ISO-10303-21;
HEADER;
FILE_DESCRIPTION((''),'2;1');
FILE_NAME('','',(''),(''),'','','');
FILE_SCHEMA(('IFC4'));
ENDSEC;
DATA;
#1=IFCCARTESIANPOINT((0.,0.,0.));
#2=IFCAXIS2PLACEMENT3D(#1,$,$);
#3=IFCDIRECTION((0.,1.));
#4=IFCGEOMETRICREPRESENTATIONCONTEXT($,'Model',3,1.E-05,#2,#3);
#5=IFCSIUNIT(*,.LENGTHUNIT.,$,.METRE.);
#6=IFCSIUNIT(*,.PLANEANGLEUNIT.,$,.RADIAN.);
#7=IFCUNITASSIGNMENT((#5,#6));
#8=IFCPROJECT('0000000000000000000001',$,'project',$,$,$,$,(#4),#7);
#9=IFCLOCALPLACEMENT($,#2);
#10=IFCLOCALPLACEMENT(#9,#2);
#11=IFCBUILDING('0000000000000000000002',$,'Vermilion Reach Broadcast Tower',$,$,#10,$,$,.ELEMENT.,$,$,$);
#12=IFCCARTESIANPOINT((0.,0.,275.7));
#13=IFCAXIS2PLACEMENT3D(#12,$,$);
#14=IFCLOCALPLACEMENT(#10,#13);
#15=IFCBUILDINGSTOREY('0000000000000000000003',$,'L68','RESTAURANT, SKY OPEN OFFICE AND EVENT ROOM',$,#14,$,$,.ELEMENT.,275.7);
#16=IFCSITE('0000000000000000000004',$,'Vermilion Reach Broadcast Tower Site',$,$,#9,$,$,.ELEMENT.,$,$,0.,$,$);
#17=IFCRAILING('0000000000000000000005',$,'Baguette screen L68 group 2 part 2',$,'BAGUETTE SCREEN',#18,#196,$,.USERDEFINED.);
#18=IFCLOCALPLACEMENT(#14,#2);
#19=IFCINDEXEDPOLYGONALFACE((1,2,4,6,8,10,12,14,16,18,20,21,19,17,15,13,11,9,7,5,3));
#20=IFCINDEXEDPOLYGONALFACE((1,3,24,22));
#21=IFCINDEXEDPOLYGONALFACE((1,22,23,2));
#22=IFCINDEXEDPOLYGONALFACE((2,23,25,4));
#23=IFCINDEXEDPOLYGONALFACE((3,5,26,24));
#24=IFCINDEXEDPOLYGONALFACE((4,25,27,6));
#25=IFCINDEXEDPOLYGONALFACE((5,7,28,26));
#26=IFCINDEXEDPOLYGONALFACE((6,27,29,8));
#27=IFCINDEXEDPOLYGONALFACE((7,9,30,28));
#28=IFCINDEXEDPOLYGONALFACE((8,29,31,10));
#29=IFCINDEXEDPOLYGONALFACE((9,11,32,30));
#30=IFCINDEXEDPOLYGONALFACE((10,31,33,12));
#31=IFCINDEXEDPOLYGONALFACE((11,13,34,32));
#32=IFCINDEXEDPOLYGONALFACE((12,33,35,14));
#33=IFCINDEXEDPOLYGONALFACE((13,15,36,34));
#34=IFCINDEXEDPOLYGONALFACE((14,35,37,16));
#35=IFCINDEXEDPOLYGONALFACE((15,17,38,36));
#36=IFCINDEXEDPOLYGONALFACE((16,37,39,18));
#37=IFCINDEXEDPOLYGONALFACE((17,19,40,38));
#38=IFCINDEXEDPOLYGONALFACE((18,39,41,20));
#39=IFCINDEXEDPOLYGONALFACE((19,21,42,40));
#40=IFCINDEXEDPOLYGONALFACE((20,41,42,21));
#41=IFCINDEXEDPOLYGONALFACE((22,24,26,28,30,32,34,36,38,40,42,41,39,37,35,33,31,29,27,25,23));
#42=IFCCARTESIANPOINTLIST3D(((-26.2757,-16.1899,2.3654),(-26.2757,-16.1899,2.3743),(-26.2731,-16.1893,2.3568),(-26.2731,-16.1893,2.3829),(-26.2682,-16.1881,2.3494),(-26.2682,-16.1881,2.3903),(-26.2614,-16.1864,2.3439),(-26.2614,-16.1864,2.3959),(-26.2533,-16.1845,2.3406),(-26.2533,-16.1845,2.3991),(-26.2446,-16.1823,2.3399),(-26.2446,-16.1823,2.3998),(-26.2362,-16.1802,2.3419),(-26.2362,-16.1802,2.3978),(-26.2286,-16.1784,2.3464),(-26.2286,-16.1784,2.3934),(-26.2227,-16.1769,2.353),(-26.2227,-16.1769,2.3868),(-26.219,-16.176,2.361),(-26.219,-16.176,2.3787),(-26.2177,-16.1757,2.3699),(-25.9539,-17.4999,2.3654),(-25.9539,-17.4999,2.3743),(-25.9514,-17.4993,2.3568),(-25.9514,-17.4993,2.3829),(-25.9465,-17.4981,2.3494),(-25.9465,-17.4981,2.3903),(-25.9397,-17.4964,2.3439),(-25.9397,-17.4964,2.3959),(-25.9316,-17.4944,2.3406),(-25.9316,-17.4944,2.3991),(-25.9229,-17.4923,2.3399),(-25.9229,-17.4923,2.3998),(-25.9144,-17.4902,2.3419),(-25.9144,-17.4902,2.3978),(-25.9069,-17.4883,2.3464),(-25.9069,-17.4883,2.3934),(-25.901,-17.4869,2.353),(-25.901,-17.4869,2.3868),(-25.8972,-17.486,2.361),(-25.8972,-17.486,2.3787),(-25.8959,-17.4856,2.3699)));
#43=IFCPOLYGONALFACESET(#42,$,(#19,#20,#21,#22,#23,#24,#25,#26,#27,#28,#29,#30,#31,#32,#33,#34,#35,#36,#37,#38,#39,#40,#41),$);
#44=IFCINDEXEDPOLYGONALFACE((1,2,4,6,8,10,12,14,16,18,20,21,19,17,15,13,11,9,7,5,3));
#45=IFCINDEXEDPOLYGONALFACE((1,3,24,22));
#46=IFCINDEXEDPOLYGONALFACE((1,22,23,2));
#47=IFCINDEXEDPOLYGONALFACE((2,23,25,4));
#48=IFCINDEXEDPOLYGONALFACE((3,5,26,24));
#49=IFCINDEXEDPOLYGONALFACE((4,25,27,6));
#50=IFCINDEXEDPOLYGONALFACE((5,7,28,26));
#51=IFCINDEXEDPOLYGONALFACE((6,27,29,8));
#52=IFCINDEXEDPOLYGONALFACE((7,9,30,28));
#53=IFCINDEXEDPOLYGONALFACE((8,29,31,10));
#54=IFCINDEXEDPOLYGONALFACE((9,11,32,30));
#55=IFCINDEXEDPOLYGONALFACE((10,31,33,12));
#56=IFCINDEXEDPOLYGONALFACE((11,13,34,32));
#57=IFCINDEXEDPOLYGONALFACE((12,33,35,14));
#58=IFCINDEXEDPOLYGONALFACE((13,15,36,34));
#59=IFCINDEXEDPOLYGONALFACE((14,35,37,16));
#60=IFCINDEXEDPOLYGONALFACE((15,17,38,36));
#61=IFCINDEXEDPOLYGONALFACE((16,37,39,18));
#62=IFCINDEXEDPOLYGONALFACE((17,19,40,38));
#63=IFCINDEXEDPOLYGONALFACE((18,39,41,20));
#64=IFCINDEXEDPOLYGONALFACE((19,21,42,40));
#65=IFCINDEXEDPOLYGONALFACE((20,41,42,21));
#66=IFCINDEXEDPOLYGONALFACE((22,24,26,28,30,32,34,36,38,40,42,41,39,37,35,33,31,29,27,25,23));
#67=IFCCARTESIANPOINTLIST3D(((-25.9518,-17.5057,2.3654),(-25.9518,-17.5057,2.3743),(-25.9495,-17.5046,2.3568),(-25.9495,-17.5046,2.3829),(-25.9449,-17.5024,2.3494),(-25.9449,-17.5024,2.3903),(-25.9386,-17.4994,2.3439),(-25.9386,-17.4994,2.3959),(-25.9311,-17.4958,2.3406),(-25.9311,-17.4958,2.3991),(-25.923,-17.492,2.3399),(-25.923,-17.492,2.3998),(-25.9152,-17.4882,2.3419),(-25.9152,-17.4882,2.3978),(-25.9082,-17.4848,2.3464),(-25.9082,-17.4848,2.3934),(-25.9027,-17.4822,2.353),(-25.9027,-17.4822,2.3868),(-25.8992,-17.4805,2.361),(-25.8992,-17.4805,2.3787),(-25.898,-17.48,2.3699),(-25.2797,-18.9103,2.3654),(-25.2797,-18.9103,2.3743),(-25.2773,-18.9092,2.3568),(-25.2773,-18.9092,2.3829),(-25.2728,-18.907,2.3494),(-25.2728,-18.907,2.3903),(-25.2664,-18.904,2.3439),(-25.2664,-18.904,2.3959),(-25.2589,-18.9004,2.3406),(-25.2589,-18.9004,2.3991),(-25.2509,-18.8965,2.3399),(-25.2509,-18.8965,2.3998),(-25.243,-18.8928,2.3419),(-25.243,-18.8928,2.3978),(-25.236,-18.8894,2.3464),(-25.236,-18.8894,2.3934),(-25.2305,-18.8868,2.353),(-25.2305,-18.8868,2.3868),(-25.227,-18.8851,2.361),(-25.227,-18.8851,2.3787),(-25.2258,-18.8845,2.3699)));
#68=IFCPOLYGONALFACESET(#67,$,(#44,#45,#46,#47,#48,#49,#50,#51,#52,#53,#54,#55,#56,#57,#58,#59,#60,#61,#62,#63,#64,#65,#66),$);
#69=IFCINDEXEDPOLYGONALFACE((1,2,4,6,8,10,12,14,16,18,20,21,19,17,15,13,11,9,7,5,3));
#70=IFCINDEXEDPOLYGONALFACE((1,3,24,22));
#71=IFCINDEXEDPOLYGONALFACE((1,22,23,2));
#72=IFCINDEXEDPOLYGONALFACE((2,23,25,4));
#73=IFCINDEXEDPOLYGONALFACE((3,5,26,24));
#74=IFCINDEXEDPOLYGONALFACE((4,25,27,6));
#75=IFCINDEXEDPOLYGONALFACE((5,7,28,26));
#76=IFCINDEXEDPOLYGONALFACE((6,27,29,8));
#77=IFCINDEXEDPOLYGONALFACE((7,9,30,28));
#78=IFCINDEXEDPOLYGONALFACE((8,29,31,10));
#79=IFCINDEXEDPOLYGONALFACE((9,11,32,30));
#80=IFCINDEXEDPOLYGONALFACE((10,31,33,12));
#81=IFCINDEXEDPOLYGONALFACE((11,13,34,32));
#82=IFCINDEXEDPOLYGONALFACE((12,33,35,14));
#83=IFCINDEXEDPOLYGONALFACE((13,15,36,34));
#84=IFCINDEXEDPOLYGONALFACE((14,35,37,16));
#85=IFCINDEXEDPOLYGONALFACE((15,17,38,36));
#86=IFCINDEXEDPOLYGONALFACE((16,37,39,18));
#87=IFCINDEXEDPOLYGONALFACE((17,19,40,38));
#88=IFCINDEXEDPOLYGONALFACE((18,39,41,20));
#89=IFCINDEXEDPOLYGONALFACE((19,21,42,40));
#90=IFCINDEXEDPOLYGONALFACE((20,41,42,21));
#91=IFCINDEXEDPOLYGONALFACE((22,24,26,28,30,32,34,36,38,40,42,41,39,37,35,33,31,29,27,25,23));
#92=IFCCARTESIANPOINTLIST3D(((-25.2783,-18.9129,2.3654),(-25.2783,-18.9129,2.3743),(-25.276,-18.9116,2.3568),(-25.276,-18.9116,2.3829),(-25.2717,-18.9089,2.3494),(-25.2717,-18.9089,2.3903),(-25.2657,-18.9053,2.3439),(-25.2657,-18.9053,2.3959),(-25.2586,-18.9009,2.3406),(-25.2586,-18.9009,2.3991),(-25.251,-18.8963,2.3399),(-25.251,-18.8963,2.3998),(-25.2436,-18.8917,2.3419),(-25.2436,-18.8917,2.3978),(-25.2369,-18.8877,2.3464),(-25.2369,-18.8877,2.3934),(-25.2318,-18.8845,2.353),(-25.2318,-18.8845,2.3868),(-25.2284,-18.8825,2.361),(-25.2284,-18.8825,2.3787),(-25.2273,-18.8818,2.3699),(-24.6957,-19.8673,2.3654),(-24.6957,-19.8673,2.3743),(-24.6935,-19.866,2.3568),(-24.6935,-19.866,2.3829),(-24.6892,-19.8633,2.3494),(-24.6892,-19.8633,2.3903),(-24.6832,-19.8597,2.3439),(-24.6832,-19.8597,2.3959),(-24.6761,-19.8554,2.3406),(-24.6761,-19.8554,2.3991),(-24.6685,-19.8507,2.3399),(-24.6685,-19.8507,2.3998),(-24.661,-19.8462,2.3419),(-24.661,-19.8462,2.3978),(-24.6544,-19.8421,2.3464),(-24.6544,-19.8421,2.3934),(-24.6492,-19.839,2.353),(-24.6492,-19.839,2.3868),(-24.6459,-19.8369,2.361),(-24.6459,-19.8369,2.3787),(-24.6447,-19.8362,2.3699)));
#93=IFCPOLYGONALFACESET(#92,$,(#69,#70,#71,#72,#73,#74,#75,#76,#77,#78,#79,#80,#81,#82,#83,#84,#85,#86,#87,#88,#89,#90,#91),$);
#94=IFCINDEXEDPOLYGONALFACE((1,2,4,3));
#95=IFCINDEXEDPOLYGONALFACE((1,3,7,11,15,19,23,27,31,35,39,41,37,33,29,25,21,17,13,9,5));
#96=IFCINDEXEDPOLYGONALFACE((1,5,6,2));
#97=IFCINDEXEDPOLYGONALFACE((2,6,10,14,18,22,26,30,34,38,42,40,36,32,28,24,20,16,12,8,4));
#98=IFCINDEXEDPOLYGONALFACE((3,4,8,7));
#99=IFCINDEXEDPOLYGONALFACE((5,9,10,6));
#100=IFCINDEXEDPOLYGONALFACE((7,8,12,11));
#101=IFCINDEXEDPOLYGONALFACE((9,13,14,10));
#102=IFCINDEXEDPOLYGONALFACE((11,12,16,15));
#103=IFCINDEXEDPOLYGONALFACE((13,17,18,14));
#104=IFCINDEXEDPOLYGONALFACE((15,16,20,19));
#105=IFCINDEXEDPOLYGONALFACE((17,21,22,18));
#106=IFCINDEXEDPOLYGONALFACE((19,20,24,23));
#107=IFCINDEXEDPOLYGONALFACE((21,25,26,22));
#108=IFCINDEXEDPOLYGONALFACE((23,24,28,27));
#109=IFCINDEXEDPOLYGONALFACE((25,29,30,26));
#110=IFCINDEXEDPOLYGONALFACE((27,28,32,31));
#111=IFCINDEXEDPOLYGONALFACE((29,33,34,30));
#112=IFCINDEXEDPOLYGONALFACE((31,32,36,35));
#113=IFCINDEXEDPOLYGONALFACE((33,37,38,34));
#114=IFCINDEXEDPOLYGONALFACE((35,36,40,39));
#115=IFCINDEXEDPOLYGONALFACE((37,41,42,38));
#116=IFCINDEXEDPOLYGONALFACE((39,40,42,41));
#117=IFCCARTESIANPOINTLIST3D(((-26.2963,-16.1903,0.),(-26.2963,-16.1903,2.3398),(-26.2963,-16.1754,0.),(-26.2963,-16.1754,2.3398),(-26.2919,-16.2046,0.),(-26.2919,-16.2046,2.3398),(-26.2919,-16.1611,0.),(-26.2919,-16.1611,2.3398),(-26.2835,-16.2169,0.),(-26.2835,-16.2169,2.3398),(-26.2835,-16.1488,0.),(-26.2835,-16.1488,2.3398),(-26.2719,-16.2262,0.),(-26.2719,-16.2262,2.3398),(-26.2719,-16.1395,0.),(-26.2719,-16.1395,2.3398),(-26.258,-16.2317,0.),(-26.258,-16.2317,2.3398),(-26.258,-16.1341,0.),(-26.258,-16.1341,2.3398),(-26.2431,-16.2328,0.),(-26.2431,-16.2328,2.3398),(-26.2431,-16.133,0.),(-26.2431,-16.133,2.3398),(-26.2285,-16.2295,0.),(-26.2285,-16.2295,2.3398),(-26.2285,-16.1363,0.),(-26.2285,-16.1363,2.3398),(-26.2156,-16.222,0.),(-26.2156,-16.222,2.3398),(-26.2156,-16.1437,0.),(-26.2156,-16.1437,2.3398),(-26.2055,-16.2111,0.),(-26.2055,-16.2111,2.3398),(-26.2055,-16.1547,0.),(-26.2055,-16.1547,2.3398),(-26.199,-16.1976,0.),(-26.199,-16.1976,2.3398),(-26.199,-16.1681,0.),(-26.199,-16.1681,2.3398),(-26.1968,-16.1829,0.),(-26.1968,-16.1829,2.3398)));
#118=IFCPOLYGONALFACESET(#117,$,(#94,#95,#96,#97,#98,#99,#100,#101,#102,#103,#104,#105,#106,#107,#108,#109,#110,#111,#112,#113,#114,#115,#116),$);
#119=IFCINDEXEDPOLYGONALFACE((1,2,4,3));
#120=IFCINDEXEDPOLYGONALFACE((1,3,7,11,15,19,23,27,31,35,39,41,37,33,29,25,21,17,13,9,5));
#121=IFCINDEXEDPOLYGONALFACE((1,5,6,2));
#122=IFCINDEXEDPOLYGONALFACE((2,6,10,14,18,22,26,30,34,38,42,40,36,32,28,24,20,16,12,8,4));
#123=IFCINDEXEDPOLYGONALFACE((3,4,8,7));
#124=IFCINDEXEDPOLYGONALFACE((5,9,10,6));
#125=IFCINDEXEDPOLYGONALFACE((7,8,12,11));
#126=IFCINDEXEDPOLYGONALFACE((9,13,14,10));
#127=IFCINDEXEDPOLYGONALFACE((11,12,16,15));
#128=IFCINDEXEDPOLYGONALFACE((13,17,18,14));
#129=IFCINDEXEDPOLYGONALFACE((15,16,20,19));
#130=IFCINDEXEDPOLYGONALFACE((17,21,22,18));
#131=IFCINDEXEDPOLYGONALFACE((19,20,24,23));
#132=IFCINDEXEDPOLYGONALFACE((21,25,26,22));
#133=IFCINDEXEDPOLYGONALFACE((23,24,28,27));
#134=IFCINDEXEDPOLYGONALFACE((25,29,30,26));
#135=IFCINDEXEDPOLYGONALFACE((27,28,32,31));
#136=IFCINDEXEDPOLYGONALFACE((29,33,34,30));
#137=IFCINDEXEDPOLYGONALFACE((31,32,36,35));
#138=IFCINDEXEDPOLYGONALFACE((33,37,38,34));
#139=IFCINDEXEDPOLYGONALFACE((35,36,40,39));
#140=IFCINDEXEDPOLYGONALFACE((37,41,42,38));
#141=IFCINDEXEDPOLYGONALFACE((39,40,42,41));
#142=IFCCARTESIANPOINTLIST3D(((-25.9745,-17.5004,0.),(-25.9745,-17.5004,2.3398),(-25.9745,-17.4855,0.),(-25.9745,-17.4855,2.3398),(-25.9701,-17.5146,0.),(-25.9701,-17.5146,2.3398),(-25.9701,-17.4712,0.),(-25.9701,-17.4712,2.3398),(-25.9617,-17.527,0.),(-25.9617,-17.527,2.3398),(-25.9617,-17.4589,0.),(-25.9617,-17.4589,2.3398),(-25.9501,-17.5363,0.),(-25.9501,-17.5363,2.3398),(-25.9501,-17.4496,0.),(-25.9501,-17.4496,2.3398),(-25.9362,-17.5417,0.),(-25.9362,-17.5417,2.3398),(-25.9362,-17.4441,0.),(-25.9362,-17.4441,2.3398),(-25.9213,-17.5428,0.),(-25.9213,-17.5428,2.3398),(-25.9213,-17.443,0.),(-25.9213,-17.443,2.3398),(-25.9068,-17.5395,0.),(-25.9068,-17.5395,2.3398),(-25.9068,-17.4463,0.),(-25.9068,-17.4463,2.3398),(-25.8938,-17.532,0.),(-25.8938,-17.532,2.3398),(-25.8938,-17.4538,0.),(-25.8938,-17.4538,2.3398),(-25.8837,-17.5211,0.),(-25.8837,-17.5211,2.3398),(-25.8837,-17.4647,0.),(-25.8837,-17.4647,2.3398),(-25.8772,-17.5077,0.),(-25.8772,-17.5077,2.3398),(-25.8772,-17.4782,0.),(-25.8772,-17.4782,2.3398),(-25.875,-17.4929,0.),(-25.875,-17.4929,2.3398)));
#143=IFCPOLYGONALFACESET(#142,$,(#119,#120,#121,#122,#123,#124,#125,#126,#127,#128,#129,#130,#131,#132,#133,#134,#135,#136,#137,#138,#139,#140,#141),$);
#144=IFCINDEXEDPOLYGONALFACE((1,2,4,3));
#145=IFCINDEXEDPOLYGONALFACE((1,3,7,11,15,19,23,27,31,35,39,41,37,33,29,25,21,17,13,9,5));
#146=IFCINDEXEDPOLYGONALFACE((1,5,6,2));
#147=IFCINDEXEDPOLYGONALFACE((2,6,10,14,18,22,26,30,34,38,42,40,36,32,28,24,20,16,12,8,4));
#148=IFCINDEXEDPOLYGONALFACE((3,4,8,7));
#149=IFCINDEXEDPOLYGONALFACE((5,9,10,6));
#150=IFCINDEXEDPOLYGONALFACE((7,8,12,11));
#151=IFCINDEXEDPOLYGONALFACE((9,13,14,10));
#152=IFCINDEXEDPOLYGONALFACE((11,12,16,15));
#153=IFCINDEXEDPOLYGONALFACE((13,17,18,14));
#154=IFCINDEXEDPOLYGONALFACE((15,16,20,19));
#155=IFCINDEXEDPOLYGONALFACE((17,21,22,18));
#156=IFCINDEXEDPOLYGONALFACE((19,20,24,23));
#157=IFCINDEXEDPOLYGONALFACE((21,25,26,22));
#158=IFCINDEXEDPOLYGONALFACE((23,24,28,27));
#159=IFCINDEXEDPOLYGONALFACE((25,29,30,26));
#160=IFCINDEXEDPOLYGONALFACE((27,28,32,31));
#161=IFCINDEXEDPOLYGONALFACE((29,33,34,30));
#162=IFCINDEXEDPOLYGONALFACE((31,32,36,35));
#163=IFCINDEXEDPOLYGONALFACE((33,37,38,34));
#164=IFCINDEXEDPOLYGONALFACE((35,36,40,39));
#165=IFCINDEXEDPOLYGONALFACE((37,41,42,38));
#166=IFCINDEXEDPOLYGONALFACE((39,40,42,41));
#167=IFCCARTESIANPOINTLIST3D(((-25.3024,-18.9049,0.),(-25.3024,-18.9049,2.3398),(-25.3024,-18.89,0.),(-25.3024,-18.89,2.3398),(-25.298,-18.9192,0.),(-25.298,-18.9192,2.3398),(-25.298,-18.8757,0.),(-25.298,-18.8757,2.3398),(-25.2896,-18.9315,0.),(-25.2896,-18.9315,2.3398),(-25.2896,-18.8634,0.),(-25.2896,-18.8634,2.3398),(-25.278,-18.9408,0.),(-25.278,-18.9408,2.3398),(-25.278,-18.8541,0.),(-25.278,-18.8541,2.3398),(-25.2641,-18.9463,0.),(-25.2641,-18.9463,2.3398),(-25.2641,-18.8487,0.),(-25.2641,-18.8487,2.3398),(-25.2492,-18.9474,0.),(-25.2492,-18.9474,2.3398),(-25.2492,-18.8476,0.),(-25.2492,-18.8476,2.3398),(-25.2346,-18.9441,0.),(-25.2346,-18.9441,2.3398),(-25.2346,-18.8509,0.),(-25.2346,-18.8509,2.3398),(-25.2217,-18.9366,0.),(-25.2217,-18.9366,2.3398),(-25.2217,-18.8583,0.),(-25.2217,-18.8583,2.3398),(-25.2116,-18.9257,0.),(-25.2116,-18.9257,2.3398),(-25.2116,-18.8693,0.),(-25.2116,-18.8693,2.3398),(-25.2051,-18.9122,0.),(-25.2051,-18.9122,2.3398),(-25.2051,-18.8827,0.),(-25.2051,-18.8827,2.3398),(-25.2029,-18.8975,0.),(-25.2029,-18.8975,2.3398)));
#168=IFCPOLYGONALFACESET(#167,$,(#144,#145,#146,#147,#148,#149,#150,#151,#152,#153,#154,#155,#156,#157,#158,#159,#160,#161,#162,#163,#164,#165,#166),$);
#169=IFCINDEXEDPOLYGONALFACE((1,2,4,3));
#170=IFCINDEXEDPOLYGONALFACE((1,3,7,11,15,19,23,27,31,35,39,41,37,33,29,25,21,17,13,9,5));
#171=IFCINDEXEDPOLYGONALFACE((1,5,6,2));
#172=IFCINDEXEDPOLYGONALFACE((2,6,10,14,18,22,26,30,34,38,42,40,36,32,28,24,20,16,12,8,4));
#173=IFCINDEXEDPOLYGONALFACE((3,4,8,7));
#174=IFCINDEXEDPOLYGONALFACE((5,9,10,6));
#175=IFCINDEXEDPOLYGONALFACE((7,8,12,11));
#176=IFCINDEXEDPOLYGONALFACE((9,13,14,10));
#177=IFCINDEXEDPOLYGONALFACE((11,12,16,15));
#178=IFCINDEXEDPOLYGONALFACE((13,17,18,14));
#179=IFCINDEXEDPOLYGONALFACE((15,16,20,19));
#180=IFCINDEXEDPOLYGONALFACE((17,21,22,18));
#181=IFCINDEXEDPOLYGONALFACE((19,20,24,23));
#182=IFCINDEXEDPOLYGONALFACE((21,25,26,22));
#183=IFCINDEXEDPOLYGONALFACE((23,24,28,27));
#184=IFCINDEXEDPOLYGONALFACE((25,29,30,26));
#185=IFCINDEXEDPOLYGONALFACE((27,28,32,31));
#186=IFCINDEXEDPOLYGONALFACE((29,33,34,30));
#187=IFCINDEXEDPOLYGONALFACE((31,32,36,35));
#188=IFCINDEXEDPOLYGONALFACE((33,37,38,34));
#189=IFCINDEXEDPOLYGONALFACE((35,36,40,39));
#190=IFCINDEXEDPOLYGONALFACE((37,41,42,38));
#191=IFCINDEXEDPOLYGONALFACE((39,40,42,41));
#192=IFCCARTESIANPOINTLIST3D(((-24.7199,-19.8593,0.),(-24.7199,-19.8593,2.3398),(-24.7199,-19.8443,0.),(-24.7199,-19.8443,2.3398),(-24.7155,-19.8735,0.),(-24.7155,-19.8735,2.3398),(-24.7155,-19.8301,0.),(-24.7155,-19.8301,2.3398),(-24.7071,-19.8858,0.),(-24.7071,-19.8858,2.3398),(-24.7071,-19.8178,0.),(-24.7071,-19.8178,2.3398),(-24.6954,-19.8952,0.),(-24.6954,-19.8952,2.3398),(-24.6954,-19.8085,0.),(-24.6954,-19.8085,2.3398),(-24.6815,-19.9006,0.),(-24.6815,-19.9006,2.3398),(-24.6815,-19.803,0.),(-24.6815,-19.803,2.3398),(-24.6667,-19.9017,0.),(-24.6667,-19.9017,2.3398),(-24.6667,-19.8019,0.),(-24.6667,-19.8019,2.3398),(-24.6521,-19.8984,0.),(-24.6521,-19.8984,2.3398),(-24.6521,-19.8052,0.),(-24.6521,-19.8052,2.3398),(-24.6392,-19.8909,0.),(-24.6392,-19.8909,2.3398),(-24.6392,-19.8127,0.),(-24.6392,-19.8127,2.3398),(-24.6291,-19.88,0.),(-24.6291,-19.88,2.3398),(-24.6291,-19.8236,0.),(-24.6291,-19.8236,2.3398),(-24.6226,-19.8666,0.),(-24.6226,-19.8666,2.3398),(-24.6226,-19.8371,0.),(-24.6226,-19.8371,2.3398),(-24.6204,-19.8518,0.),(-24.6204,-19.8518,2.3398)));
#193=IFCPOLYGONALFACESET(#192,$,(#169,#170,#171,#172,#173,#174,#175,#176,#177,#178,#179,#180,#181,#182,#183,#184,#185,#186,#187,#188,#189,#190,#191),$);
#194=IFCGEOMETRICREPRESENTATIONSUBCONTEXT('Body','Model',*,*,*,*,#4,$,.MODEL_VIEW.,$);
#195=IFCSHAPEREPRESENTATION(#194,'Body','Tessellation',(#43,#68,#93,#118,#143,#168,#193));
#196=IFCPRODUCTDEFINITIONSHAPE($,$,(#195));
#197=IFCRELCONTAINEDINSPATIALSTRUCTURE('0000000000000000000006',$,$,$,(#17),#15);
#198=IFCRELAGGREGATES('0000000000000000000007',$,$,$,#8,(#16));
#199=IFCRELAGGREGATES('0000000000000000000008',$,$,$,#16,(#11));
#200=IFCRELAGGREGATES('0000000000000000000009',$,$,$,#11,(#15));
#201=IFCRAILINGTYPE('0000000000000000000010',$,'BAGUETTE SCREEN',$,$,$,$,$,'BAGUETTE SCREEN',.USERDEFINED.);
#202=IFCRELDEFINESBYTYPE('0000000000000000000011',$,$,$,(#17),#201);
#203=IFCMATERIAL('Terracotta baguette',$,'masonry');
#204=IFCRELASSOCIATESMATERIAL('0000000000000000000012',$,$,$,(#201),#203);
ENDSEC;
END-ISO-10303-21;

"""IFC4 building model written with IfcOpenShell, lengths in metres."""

from ifc_helpers import new_model, si_unit, direction, frame, origin, origin_2d, place, context, subcontext, project, spatial, circle, extrude, material, type_object, element, save


model = new_model("IFC4")

# Units and contexts
model_context = context("Model", 3, precision=1e-05, world=origin(), true_north=direction((0.0, 1.0)))
body_context = subcontext(model_context, "Body", "Model", "MODEL_VIEW")
ifc_project = project(units=[si_unit("LENGTHUNIT", "METRE"), si_unit("PLANEANGLEUNIT", "RADIAN")], contexts=[model_context])

# Site, building, storey
site_placement = place(None, origin())
site = spatial("IfcSite", under=ifc_project, at=site_placement, Name="Vermilion Reach Broadcast Tower Site", CompositionType="ELEMENT", RefElevation=0.0)
building_placement = place(site_placement, origin())
building = spatial("IfcBuilding", under=site, at=building_placement, Name="Vermilion Reach Broadcast Tower", CompositionType="ELEMENT")
storey_placement = place(building_placement, frame((0.0, 0.0, 275.7)))
storey = spatial("IfcBuildingStorey", under=building, at=storey_placement, Name="L68", Description="RESTAURANT, SKY OPEN OFFICE AND EVENT ROOM", CompositionType="ELEMENT", Elevation=275.7)

# Railing
ifc_material_1 = material(Name="Terracotta baguette", Category="masonry")
railing_type = type_object("IfcRailingType", Name="BAGUETTE SCREEN", ElementType="BAGUETTE SCREEN", PredefinedType="USERDEFINED", material=ifc_material_1)
railing_placement = place(storey_placement, frame((-26.2468, -16.1829, 0.0)))
element("IfcRailing", 1, at=railing_placement, inside=storey, type_object=railing_type, Name="Baguette screen L68 group 2 part 2", ObjectType="BAGUETTE SCREEN", PredefinedType="USERDEFINED", context=body_context, shape_type="SweptSolid", body=[
    extrude(circle(Radius=0.03, at=origin_2d()), frame((0.0, 0.0, 2.3699), z_axis=(0.238531, -0.971135, 0.0), x_axis=(0.971135, 0.238531, 0.0)), (0.0, 0.0, 1.0), 1.3489),
    extrude(circle(Radius=0.03, at=origin_2d()), frame((0.3218, -1.3101, 2.3699), z_axis=(0.431655, -0.902039, 0.0), x_axis=(0.902039, 0.431655, 0.0)), (0.0, 0.0, 1.0), 1.5571),
    extrude(circle(Radius=0.03, at=origin_2d()), frame((0.9939, -2.7146, 2.3699), z_axis=(0.520999, -0.853557, 0.0), x_axis=(0.853557, 0.520999, 0.0)), (0.0, 0.0, 1.0), 1.1182),
    extrude(circle(Radius=0.05, at=origin_2d()), origin(), (0.0, 0.0, 1.0), 2.3398),
    extrude(circle(Radius=0.05, at=origin_2d()), frame((0.3218, -1.3101, 0.0)), (0.0, 0.0, 1.0), 2.3398),
    extrude(circle(Radius=0.05, at=origin_2d()), frame((0.9939, -2.7146, 0.0)), (0.0, 0.0, 1.0), 2.3398),
    extrude(circle(Radius=0.05, at=origin_2d()), frame((1.5764, -3.6689, 0.0)), (0.0, 0.0, 1.0), 2.3398),
])

save(model, "model.ifc")
